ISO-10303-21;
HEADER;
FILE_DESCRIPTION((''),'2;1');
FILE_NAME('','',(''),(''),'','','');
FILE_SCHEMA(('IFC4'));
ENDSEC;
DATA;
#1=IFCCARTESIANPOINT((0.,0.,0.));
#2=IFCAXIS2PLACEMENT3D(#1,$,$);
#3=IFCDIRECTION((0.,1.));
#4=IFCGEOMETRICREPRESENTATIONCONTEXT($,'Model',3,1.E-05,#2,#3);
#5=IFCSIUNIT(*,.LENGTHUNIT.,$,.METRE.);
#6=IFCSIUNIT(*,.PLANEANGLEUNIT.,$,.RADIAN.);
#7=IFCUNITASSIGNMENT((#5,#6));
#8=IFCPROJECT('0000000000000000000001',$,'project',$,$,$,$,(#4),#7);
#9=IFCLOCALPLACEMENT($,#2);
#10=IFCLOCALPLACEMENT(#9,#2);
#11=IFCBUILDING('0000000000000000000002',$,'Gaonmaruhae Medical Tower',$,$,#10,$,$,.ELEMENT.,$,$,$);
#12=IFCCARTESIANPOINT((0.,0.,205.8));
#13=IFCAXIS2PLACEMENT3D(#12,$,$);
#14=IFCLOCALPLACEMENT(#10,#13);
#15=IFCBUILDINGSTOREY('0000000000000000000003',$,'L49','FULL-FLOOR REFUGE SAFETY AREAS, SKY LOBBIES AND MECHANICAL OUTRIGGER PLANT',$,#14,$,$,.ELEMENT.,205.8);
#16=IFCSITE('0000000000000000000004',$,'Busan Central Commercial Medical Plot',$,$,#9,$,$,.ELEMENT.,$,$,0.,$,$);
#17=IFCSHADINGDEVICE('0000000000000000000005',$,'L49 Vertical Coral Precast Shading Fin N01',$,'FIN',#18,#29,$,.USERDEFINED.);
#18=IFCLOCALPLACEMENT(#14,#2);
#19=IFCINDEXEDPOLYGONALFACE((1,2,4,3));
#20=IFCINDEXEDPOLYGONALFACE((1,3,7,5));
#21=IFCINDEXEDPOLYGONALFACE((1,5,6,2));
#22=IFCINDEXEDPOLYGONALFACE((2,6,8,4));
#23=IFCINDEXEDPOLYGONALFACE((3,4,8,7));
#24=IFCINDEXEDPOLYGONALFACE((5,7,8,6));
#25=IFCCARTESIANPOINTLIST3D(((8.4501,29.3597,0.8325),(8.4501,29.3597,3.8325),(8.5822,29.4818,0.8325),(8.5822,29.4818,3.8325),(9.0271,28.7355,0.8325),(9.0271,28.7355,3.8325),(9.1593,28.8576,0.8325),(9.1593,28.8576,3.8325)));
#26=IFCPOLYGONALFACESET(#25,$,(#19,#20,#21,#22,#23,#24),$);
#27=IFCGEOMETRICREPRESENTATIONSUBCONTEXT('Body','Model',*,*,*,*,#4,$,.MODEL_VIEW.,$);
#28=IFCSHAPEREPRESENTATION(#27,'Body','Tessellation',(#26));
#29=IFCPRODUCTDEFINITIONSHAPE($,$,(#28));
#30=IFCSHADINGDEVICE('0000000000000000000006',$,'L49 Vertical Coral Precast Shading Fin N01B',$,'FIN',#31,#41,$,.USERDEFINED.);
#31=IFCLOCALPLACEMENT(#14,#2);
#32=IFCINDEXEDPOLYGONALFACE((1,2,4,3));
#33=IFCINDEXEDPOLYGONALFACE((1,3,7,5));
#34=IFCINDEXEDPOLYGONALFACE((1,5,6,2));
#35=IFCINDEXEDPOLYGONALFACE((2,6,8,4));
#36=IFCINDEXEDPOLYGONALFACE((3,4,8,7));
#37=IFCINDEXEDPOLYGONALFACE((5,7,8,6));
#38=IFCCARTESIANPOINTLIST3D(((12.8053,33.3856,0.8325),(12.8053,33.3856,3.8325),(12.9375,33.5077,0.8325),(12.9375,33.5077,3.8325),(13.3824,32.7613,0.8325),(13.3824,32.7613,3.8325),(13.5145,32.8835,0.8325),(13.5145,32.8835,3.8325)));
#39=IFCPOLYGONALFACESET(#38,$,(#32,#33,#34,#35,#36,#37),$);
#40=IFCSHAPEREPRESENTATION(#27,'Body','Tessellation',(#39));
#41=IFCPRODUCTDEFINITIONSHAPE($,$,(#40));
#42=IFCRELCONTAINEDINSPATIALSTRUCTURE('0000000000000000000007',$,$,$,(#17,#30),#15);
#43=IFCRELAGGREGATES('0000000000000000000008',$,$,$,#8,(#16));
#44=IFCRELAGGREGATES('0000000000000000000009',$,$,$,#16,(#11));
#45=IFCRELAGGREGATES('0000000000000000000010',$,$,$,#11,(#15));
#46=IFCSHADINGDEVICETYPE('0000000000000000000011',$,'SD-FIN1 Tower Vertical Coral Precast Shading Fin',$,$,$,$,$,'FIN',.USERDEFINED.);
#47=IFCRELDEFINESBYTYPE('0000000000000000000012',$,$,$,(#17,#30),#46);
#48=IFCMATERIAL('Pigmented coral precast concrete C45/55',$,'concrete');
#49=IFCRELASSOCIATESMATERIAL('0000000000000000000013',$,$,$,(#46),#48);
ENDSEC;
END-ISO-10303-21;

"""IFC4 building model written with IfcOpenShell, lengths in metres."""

from ifc_helpers import new_model, si_unit, direction, frame, origin, origin_2d, place, context, subcontext, project, spatial, rectangle, extrude, material, type_object, element, save


model = new_model("IFC4")

# Units and contexts
model_context = context("Model", 3, precision=1e-05, world=origin(), true_north=direction((0.0, 1.0)))
body_context = subcontext(model_context, "Body", "Model", "MODEL_VIEW")
ifc_project = project(units=[si_unit("LENGTHUNIT", "METRE"), si_unit("PLANEANGLEUNIT", "RADIAN")], contexts=[model_context])

# Site, building, storey
site_placement = place(None, origin())
site = spatial("IfcSite", under=ifc_project, at=site_placement, Name="Busan Central Commercial Medical Plot", CompositionType="ELEMENT", RefElevation=0.0)
building_placement = place(site_placement, origin())
building = spatial("IfcBuilding", under=site, at=building_placement, Name="Gaonmaruhae Medical Tower", CompositionType="ELEMENT")
storey_placement = place(building_placement, frame((0.0, 0.0, 205.8)))
storey = spatial("IfcBuildingStorey", under=building, at=storey_placement, Name="L49", Description="FULL-FLOOR REFUGE SAFETY AREAS, SKY LOBBIES AND MECHANICAL OUTRIGGER PLANT", CompositionType="ELEMENT", Elevation=205.8)

# Shading devices
ifc_material_1 = material(Name="Pigmented coral precast concrete C45/55", Category="concrete")
shading_device_type = type_object("IfcShadingDeviceType", Name="SD-FIN1 Tower Vertical Coral Precast Shading Fin", ElementType="FIN", PredefinedType="USERDEFINED", material=ifc_material_1)
for number, where, z_axis, x_axis, name in (
    (1, (8.8047, 29.1086, 0.8325), (0.0, 0.0, 1.0), (0.734323, 0.678801, 0.0), "L49 Vertical Coral Precast Shading Fin N01"),
    (2, (13.1599, 33.1345, 0.8325), (0.0, 0.0, 1.0), (0.734323, 0.678801, 0.0), "L49 Vertical Coral Precast Shading Fin N01B"),
):
    element("IfcShadingDevice", number, at=place(storey_placement, frame(where, z_axis=z_axis, x_axis=x_axis)), inside=storey, type_object=shading_device_type, Name=name, ObjectType="FIN", PredefinedType="USERDEFINED", context=body_context, shape_type="SweptSolid", body=[
        extrude(rectangle(XDim=0.1799, YDim=0.8501, at=origin_2d()), origin(), (0.0, 0.0, 1.0), 3.0),
    ])

save(model, "model.ifc")
